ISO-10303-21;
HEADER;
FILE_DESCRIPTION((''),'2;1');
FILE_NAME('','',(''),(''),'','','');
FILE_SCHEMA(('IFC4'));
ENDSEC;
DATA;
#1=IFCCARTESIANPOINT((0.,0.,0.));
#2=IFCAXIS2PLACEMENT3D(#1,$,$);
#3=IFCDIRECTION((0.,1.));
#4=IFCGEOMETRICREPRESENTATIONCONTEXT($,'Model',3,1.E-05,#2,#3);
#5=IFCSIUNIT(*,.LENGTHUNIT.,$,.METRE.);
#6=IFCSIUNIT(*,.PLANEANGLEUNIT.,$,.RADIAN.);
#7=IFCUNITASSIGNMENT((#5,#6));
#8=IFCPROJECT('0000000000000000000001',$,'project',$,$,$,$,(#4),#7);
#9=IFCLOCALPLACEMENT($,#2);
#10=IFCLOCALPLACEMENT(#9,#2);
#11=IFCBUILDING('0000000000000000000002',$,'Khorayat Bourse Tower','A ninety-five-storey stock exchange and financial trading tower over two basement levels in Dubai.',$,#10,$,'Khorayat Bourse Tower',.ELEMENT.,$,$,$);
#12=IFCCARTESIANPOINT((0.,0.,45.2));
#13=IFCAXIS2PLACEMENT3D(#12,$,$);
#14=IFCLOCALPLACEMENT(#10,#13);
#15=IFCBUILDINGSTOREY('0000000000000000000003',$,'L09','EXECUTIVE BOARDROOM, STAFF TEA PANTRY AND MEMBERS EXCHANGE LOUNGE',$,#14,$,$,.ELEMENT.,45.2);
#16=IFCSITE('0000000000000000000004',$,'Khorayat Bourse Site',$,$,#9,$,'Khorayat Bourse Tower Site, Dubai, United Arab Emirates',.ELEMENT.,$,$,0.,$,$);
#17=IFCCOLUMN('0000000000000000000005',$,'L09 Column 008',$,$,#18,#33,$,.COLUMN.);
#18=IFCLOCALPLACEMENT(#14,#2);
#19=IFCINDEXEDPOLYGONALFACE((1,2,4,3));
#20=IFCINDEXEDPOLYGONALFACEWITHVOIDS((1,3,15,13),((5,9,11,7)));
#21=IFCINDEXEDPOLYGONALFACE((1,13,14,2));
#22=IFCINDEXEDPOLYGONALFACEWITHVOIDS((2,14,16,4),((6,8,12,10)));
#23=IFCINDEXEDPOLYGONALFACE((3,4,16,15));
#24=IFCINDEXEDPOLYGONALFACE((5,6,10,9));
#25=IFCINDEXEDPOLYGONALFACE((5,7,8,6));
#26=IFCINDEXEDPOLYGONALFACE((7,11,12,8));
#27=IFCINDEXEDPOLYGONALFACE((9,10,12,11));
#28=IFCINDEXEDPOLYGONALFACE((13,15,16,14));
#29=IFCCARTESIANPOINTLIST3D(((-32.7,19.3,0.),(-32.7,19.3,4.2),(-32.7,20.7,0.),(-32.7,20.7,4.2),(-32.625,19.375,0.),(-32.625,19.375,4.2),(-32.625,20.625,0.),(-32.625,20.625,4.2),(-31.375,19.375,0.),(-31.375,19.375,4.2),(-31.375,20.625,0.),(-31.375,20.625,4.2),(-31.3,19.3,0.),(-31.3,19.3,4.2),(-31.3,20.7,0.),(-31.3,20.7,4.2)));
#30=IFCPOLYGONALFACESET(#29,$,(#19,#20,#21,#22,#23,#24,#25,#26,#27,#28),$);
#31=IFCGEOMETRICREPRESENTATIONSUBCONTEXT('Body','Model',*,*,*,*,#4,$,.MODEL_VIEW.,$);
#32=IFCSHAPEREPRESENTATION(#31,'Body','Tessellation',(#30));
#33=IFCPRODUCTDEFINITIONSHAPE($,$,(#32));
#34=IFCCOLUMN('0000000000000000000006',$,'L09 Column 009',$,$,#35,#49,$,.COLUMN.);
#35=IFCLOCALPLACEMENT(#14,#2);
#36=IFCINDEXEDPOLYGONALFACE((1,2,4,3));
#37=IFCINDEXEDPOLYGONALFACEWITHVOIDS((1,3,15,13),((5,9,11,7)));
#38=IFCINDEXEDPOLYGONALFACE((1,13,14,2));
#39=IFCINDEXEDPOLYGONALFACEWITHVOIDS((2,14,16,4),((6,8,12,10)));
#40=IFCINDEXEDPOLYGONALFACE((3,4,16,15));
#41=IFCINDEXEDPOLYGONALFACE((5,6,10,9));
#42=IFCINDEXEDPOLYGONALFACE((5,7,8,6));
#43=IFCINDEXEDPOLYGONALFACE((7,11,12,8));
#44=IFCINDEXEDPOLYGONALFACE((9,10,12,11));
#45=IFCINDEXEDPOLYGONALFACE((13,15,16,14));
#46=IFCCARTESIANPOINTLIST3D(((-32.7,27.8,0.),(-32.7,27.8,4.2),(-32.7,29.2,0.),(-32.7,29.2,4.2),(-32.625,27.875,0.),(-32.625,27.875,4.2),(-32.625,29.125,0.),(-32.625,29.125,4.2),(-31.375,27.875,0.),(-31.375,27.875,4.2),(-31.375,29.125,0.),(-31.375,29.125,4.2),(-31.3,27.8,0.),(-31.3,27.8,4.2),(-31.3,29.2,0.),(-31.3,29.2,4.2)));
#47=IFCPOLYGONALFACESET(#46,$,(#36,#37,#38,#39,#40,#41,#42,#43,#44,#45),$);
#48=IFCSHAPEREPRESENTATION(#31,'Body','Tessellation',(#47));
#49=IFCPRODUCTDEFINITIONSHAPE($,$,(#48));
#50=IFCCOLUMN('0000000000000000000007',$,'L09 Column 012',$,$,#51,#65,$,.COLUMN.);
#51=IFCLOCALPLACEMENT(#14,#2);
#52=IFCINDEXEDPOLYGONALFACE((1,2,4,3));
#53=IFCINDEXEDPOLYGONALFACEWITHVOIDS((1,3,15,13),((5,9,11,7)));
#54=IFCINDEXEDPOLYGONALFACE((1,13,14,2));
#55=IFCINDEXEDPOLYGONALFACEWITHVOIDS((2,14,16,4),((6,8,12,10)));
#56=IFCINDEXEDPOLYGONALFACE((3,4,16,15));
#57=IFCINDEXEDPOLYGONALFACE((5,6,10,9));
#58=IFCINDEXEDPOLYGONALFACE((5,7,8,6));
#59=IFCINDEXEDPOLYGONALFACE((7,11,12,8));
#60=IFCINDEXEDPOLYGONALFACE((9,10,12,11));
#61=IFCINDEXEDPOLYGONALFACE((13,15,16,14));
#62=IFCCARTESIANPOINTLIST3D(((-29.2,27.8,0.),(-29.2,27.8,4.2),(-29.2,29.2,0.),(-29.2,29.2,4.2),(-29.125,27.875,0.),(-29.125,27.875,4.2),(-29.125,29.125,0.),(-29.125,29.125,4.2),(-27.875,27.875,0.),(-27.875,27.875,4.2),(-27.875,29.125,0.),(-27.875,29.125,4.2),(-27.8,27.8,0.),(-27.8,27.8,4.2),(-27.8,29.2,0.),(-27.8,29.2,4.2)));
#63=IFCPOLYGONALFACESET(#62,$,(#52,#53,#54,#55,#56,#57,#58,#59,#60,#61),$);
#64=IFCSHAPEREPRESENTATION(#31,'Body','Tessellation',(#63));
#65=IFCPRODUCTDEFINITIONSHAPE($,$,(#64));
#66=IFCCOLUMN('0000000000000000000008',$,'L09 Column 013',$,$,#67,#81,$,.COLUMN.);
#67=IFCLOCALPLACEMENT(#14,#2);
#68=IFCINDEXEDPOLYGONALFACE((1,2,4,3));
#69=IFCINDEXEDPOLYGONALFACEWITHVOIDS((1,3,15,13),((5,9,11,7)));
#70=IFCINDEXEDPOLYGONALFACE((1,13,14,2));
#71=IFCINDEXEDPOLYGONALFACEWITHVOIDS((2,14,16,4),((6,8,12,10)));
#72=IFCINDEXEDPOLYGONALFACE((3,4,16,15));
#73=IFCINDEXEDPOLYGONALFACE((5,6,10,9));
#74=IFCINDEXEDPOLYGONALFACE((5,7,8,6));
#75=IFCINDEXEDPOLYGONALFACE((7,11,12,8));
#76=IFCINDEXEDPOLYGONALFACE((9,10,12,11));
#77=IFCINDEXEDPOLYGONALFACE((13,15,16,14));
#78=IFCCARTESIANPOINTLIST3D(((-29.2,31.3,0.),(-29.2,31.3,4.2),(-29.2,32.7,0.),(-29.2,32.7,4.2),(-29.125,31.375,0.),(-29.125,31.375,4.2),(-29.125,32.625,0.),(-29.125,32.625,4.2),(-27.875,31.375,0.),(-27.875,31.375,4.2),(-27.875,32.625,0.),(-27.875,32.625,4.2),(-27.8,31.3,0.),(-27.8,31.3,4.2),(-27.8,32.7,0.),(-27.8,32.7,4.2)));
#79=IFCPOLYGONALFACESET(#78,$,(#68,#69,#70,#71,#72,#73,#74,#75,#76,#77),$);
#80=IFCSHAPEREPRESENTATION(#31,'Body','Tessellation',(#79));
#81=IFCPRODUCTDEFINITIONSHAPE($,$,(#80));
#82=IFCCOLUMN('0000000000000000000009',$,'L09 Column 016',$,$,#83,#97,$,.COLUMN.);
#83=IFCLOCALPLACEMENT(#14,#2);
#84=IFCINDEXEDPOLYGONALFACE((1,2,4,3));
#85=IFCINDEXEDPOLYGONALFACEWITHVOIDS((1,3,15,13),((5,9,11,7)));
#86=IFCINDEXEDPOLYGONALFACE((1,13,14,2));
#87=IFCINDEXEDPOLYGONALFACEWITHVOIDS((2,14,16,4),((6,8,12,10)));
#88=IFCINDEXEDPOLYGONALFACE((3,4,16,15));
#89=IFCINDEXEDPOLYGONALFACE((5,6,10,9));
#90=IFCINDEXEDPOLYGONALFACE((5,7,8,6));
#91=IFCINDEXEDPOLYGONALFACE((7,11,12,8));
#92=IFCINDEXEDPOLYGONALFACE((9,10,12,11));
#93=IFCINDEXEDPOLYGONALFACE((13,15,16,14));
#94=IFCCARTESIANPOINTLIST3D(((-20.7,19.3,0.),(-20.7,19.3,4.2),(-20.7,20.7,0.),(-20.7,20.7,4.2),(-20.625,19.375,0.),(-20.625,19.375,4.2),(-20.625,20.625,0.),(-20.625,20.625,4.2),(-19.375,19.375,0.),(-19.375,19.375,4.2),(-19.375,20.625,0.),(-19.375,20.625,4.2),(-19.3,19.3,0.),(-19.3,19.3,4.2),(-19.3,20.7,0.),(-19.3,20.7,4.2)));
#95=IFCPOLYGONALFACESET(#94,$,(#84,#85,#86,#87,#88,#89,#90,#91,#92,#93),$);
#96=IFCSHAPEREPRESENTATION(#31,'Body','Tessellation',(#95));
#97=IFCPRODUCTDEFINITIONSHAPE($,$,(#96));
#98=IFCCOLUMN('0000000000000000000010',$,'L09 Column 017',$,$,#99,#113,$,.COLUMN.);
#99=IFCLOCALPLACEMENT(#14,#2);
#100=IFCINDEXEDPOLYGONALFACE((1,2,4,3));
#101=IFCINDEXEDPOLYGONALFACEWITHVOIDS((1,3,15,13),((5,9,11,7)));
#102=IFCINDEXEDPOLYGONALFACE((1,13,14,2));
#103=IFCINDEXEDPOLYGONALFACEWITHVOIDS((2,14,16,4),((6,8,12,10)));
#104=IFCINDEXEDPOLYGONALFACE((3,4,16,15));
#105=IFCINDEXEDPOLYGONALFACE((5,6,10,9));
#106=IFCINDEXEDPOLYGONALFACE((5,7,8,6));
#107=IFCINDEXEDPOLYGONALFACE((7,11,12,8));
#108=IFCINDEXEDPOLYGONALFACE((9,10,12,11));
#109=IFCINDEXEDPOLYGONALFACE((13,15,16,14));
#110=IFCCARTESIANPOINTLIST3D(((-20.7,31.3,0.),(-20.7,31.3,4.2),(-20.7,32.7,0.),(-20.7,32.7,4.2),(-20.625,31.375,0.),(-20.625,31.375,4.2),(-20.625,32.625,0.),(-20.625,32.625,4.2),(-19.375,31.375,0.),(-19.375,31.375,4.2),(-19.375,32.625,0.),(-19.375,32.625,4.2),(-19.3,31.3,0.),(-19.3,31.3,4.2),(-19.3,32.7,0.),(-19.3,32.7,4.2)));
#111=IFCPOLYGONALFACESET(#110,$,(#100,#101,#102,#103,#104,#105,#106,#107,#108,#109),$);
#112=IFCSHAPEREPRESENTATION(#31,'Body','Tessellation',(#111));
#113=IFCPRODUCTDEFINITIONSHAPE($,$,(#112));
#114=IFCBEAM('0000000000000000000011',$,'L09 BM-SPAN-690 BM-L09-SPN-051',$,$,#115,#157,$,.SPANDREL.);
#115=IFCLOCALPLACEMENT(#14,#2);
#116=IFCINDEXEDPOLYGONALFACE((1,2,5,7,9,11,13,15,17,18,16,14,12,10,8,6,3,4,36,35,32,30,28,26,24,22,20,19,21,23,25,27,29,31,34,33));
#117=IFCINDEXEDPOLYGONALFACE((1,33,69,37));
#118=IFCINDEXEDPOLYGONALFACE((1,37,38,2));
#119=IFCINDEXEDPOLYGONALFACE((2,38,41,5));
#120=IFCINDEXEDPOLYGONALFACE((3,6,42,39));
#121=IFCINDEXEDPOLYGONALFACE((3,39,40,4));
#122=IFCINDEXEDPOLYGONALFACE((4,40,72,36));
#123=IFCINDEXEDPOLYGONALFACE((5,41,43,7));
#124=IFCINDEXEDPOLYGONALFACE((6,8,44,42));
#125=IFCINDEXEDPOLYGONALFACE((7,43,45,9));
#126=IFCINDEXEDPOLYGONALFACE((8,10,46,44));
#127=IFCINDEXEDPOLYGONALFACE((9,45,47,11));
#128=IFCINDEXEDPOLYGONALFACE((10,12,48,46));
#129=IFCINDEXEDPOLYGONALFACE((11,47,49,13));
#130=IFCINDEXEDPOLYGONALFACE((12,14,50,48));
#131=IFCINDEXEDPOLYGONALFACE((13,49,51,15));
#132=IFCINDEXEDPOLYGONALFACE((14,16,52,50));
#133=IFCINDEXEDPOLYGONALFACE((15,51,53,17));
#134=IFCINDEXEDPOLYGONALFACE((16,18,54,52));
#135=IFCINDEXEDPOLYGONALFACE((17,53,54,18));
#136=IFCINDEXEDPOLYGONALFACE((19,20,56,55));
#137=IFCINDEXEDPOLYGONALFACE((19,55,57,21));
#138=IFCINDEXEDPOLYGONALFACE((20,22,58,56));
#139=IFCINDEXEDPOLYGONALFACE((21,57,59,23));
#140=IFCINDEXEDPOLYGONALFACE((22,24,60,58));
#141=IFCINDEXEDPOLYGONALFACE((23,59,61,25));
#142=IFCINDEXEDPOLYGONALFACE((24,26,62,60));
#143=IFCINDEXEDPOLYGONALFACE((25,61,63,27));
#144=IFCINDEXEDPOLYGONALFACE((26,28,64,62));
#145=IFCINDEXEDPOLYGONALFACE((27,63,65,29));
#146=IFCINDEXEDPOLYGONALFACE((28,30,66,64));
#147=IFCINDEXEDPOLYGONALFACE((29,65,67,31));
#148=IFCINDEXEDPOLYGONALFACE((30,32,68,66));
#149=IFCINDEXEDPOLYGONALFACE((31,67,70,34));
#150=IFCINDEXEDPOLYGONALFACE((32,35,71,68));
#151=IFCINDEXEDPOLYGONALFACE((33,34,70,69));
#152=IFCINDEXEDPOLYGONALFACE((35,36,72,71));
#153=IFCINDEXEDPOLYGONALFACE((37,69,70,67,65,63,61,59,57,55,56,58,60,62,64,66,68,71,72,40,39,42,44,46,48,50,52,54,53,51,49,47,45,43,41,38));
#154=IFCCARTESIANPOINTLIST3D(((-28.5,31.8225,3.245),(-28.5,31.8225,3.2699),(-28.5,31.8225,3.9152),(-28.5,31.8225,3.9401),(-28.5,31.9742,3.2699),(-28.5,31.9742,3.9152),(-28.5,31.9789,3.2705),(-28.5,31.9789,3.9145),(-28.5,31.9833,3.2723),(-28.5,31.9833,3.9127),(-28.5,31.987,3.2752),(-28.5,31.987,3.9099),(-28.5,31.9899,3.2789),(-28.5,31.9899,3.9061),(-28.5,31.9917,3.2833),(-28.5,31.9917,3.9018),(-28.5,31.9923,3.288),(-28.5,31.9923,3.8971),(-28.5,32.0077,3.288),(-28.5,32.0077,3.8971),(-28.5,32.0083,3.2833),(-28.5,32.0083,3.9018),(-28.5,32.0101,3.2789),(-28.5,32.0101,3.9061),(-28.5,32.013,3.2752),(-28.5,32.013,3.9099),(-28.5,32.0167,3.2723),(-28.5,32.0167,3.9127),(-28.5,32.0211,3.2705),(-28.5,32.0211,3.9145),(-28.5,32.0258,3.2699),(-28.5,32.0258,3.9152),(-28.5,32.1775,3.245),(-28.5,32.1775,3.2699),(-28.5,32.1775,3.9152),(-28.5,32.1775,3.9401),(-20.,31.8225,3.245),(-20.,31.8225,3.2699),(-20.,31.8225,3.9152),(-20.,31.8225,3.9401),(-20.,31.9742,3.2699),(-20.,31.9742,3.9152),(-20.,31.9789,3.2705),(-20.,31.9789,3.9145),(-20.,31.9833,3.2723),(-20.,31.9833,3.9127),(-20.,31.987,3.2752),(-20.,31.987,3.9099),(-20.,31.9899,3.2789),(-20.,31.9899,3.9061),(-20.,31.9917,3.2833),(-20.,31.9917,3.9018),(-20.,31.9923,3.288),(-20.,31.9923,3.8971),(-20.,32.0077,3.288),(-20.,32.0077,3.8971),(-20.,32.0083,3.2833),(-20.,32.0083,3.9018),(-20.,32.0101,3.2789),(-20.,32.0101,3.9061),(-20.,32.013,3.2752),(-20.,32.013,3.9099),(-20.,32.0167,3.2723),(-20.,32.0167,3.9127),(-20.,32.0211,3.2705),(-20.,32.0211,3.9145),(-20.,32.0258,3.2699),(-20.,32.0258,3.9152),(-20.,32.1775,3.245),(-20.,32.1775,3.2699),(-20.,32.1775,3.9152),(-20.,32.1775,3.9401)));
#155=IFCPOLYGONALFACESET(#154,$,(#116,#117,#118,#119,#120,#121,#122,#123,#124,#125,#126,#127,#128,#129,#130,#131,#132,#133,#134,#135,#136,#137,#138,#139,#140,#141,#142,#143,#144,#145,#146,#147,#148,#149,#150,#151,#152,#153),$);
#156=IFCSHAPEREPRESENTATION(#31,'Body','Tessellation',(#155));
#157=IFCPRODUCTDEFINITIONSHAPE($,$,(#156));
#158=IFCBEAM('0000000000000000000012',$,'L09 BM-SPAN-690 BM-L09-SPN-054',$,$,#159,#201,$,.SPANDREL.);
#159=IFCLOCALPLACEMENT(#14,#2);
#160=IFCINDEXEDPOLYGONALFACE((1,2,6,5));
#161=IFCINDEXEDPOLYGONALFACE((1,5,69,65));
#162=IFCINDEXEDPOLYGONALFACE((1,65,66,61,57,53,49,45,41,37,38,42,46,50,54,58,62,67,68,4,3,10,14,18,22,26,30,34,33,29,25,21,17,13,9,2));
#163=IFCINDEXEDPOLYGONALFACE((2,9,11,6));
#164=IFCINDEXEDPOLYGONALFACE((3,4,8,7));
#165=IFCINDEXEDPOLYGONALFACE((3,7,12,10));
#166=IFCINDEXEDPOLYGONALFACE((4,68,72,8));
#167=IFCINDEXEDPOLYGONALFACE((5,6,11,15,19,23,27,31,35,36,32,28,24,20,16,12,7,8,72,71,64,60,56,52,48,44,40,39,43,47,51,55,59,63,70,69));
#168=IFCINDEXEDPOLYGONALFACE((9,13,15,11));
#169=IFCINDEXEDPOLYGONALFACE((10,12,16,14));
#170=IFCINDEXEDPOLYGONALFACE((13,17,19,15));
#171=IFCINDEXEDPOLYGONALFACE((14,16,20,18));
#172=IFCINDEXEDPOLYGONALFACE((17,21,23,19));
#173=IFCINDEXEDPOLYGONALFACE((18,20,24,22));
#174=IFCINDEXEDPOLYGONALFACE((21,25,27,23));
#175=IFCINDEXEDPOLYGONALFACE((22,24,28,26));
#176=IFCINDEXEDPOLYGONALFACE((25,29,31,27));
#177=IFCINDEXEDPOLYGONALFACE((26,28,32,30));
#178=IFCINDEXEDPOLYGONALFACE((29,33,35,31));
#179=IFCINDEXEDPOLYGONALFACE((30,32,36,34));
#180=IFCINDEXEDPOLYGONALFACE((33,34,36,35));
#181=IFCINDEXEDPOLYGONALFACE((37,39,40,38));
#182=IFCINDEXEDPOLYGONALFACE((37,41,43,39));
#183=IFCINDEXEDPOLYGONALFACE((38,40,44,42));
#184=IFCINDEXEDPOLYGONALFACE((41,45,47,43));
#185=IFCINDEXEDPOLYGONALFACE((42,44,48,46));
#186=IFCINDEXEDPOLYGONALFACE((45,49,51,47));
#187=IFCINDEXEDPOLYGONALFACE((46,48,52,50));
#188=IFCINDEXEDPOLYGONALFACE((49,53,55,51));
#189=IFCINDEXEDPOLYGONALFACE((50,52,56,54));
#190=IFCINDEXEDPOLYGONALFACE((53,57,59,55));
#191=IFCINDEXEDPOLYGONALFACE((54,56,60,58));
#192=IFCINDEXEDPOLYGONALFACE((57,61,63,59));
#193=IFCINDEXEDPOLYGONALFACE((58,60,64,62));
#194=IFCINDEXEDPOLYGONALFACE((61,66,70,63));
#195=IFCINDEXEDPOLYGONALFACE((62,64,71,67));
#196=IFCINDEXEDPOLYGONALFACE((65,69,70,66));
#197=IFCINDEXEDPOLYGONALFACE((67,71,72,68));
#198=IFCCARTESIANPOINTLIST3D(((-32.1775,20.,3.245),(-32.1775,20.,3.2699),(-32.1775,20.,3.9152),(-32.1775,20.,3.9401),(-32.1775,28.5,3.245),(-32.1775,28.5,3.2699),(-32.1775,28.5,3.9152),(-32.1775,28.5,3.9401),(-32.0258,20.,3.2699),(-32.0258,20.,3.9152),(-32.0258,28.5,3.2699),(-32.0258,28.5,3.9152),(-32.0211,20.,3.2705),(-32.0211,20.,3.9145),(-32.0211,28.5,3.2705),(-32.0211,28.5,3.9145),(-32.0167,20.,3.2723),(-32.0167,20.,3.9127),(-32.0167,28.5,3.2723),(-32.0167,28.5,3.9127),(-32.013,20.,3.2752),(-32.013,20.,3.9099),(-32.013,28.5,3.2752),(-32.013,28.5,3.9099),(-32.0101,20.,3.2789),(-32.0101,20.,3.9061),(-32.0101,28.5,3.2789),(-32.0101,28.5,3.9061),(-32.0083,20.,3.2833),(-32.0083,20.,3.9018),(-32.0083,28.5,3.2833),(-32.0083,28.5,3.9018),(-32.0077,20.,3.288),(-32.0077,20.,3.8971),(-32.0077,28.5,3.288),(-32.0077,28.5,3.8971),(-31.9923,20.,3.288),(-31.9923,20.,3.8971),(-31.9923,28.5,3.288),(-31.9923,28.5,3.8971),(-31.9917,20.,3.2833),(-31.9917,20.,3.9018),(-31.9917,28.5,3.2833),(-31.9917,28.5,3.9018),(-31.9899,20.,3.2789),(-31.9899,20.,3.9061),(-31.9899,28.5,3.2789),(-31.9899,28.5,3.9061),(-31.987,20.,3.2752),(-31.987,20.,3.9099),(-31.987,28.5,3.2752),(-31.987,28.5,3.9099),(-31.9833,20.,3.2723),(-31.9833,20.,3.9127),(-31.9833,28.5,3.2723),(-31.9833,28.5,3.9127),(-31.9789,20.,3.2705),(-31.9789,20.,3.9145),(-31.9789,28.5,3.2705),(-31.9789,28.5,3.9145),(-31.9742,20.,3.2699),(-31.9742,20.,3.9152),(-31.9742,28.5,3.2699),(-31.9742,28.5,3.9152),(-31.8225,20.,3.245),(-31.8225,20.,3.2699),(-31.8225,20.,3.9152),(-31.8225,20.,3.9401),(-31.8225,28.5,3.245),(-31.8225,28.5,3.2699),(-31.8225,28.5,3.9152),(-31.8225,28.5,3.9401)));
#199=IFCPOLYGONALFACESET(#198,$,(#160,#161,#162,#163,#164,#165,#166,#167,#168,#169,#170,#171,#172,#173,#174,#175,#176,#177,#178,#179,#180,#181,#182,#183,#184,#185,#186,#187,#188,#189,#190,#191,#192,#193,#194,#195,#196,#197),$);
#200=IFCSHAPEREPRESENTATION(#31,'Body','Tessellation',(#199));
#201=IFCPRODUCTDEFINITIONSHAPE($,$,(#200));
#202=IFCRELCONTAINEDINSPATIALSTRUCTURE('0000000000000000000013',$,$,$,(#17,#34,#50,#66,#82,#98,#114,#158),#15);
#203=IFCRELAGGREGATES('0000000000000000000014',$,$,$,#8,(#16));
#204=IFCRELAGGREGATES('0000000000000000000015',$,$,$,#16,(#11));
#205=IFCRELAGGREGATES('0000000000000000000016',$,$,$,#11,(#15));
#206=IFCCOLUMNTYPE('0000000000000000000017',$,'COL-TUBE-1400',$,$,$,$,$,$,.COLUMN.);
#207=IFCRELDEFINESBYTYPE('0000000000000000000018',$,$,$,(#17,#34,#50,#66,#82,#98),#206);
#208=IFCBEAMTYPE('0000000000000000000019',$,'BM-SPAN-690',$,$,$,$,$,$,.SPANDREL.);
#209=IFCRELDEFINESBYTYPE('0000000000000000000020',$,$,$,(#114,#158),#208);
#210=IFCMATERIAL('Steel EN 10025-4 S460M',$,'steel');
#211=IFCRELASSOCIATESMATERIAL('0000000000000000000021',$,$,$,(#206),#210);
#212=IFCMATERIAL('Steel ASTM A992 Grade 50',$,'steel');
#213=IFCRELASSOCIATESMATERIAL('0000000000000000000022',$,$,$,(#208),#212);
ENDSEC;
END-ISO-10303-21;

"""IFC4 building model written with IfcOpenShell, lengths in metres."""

from ifc_helpers import new_model, si_unit, direction, frame, origin, origin_2d, place, context, subcontext, project, spatial, hollow_rectangle, i_section, extrude, source, transform, mapped, material, material_profile, profile_set, type_object, element, save


model = new_model("IFC4")

# Units and contexts
model_context = context("Model", 3, precision=1e-05, world=origin(), true_north=direction((0.0, 1.0)))
body_context = subcontext(model_context, "Body", "Model", "MODEL_VIEW")
ifc_project = project(units=[si_unit("LENGTHUNIT", "METRE"), si_unit("PLANEANGLEUNIT", "RADIAN")], contexts=[model_context])

# Site, building, storey
site_placement = place(None, origin())
site = spatial("IfcSite", under=ifc_project, at=site_placement, Name="Khorayat Bourse Site", LongName="Khorayat Bourse Tower Site, Dubai, United Arab Emirates", CompositionType="ELEMENT", RefElevation=0.0)
building_placement = place(site_placement, origin())
building = spatial("IfcBuilding", under=site, at=building_placement, Name="Khorayat Bourse Tower", Description="A ninety-five-storey stock exchange and financial trading tower over two basement levels in Dubai.", LongName="Khorayat Bourse Tower", CompositionType="ELEMENT")
storey_placement = place(building_placement, frame((0.0, 0.0, 45.2)))
storey = spatial("IfcBuildingStorey", under=building, at=storey_placement, Name="L09", Description="EXECUTIVE BOARDROOM, STAFF TEA PANTRY AND MEMBERS EXCHANGE LOUNGE", CompositionType="ELEMENT", Elevation=45.2)

# Columns
ifc_material_1 = material(Name="Steel EN 10025-4 S460M", Category="steel")
ifc_material_profile_1 = material_profile(ifc_material_1, hollow_rectangle(XDim=1.3999, YDim=1.3999, WallThickness=0.075, at=origin_2d()), Name="BOX 1400x1400x75")
ifc_profile_set_1 = profile_set([ifc_material_profile_1], Name="Steel EN 10025-4 S460M")
column_type = type_object("IfcColumnType", Name="COL-TUBE-1400", PredefinedType="COLUMN", material=ifc_profile_set_1)
shared_shape_1 = source(origin(), body_context, "Body", "SweptSolid", [
    extrude(hollow_rectangle(XDim=1.3999, YDim=1.3999, WallThickness=0.075, at=origin_2d()), origin(), (0.0, 0.0, 1.0), 4.2),
])
for number, where, z_axis, x_axis, name in (
    (1, (-32.0, 20.0, 0.0), (0.0, 0.0, 1.0), (1.0, 0.0, 0.0), "L09 Column 008"),
    (2, (-32.0, 28.5, 0.0), (0.0, 0.0, 1.0), (1.0, 0.0, 0.0), "L09 Column 009"),
    (3, (-28.5, 28.5, 0.0), (0.0, 0.0, 1.0), (1.0, 0.0, 0.0), "L09 Column 012"),
    (4, (-28.5, 32.0, 0.0), (0.0, 0.0, 1.0), (1.0, 0.0, 0.0), "L09 Column 013"),
    (5, (-20.0, 20.0, 0.0), (0.0, 0.0, 1.0), (1.0, 0.0, 0.0), "L09 Column 016"),
    (6, (-20.0, 32.0, 0.0), (0.0, 0.0, 1.0), (1.0, 0.0, 0.0), "L09 Column 017"),
):
    element("IfcColumn", number, at=place(storey_placement, frame(where, z_axis=z_axis, x_axis=x_axis)), inside=storey, type_object=column_type, Name=name, PredefinedType="COLUMN", context=body_context, shape_type="MappedRepresentation", body=[
        mapped(shared_shape_1, transform((0.0, 0.0, 0.0), scale=1.0)),
    ])

# Beams
ifc_material_2 = material(Name="Steel ASTM A992 Grade 50", Category="steel")
ifc_material_profile_2 = material_profile(ifc_material_2, i_section(OverallWidth=0.355, OverallDepth=0.6951, WebThickness=0.0154, FlangeThickness=0.0249, FilletRadius=0.0181, at=origin_2d()), Name="W690X217")
ifc_profile_set_2 = profile_set([ifc_material_profile_2], Name="Steel ASTM A992 Grade 50")
beam_type_1 = type_object("IfcBeamType", Name="BM-SPAN-690", PredefinedType="SPANDREL", material=ifc_profile_set_2)
shared_shape_2 = source(origin(), body_context, "Body", "SweptSolid", [
    extrude(i_section(OverallWidth=0.355, OverallDepth=0.6951, WebThickness=0.0154, FlangeThickness=0.0249, FilletRadius=0.0181, at=origin_2d()), origin(), (0.0, 0.0, 1.0), 8.5),
])
for number, where, z_axis, x_axis, name in (
    (7, (-28.5, 32.0, 3.5925), (1.0, 0.0, 0.0), (0.0, 1.0, 0.0), "L09 BM-SPAN-690 BM-L09-SPN-051"),
    (8, (-32.0, 20.0, 3.5925), (0.0, 1.0, 0.0), (-1.0, 0.0, 0.0), "L09 BM-SPAN-690 BM-L09-SPN-054"),
):
    element("IfcBeam", number, at=place(storey_placement, frame(where, z_axis=z_axis, x_axis=x_axis)), inside=storey, type_object=beam_type_1, Name=name, PredefinedType="SPANDREL", context=body_context, shape_type="MappedRepresentation", body=[
        mapped(shared_shape_2, transform((0.0, 0.0, 0.0), scale=1.0)),
    ])

save(model, "model.ifc")
